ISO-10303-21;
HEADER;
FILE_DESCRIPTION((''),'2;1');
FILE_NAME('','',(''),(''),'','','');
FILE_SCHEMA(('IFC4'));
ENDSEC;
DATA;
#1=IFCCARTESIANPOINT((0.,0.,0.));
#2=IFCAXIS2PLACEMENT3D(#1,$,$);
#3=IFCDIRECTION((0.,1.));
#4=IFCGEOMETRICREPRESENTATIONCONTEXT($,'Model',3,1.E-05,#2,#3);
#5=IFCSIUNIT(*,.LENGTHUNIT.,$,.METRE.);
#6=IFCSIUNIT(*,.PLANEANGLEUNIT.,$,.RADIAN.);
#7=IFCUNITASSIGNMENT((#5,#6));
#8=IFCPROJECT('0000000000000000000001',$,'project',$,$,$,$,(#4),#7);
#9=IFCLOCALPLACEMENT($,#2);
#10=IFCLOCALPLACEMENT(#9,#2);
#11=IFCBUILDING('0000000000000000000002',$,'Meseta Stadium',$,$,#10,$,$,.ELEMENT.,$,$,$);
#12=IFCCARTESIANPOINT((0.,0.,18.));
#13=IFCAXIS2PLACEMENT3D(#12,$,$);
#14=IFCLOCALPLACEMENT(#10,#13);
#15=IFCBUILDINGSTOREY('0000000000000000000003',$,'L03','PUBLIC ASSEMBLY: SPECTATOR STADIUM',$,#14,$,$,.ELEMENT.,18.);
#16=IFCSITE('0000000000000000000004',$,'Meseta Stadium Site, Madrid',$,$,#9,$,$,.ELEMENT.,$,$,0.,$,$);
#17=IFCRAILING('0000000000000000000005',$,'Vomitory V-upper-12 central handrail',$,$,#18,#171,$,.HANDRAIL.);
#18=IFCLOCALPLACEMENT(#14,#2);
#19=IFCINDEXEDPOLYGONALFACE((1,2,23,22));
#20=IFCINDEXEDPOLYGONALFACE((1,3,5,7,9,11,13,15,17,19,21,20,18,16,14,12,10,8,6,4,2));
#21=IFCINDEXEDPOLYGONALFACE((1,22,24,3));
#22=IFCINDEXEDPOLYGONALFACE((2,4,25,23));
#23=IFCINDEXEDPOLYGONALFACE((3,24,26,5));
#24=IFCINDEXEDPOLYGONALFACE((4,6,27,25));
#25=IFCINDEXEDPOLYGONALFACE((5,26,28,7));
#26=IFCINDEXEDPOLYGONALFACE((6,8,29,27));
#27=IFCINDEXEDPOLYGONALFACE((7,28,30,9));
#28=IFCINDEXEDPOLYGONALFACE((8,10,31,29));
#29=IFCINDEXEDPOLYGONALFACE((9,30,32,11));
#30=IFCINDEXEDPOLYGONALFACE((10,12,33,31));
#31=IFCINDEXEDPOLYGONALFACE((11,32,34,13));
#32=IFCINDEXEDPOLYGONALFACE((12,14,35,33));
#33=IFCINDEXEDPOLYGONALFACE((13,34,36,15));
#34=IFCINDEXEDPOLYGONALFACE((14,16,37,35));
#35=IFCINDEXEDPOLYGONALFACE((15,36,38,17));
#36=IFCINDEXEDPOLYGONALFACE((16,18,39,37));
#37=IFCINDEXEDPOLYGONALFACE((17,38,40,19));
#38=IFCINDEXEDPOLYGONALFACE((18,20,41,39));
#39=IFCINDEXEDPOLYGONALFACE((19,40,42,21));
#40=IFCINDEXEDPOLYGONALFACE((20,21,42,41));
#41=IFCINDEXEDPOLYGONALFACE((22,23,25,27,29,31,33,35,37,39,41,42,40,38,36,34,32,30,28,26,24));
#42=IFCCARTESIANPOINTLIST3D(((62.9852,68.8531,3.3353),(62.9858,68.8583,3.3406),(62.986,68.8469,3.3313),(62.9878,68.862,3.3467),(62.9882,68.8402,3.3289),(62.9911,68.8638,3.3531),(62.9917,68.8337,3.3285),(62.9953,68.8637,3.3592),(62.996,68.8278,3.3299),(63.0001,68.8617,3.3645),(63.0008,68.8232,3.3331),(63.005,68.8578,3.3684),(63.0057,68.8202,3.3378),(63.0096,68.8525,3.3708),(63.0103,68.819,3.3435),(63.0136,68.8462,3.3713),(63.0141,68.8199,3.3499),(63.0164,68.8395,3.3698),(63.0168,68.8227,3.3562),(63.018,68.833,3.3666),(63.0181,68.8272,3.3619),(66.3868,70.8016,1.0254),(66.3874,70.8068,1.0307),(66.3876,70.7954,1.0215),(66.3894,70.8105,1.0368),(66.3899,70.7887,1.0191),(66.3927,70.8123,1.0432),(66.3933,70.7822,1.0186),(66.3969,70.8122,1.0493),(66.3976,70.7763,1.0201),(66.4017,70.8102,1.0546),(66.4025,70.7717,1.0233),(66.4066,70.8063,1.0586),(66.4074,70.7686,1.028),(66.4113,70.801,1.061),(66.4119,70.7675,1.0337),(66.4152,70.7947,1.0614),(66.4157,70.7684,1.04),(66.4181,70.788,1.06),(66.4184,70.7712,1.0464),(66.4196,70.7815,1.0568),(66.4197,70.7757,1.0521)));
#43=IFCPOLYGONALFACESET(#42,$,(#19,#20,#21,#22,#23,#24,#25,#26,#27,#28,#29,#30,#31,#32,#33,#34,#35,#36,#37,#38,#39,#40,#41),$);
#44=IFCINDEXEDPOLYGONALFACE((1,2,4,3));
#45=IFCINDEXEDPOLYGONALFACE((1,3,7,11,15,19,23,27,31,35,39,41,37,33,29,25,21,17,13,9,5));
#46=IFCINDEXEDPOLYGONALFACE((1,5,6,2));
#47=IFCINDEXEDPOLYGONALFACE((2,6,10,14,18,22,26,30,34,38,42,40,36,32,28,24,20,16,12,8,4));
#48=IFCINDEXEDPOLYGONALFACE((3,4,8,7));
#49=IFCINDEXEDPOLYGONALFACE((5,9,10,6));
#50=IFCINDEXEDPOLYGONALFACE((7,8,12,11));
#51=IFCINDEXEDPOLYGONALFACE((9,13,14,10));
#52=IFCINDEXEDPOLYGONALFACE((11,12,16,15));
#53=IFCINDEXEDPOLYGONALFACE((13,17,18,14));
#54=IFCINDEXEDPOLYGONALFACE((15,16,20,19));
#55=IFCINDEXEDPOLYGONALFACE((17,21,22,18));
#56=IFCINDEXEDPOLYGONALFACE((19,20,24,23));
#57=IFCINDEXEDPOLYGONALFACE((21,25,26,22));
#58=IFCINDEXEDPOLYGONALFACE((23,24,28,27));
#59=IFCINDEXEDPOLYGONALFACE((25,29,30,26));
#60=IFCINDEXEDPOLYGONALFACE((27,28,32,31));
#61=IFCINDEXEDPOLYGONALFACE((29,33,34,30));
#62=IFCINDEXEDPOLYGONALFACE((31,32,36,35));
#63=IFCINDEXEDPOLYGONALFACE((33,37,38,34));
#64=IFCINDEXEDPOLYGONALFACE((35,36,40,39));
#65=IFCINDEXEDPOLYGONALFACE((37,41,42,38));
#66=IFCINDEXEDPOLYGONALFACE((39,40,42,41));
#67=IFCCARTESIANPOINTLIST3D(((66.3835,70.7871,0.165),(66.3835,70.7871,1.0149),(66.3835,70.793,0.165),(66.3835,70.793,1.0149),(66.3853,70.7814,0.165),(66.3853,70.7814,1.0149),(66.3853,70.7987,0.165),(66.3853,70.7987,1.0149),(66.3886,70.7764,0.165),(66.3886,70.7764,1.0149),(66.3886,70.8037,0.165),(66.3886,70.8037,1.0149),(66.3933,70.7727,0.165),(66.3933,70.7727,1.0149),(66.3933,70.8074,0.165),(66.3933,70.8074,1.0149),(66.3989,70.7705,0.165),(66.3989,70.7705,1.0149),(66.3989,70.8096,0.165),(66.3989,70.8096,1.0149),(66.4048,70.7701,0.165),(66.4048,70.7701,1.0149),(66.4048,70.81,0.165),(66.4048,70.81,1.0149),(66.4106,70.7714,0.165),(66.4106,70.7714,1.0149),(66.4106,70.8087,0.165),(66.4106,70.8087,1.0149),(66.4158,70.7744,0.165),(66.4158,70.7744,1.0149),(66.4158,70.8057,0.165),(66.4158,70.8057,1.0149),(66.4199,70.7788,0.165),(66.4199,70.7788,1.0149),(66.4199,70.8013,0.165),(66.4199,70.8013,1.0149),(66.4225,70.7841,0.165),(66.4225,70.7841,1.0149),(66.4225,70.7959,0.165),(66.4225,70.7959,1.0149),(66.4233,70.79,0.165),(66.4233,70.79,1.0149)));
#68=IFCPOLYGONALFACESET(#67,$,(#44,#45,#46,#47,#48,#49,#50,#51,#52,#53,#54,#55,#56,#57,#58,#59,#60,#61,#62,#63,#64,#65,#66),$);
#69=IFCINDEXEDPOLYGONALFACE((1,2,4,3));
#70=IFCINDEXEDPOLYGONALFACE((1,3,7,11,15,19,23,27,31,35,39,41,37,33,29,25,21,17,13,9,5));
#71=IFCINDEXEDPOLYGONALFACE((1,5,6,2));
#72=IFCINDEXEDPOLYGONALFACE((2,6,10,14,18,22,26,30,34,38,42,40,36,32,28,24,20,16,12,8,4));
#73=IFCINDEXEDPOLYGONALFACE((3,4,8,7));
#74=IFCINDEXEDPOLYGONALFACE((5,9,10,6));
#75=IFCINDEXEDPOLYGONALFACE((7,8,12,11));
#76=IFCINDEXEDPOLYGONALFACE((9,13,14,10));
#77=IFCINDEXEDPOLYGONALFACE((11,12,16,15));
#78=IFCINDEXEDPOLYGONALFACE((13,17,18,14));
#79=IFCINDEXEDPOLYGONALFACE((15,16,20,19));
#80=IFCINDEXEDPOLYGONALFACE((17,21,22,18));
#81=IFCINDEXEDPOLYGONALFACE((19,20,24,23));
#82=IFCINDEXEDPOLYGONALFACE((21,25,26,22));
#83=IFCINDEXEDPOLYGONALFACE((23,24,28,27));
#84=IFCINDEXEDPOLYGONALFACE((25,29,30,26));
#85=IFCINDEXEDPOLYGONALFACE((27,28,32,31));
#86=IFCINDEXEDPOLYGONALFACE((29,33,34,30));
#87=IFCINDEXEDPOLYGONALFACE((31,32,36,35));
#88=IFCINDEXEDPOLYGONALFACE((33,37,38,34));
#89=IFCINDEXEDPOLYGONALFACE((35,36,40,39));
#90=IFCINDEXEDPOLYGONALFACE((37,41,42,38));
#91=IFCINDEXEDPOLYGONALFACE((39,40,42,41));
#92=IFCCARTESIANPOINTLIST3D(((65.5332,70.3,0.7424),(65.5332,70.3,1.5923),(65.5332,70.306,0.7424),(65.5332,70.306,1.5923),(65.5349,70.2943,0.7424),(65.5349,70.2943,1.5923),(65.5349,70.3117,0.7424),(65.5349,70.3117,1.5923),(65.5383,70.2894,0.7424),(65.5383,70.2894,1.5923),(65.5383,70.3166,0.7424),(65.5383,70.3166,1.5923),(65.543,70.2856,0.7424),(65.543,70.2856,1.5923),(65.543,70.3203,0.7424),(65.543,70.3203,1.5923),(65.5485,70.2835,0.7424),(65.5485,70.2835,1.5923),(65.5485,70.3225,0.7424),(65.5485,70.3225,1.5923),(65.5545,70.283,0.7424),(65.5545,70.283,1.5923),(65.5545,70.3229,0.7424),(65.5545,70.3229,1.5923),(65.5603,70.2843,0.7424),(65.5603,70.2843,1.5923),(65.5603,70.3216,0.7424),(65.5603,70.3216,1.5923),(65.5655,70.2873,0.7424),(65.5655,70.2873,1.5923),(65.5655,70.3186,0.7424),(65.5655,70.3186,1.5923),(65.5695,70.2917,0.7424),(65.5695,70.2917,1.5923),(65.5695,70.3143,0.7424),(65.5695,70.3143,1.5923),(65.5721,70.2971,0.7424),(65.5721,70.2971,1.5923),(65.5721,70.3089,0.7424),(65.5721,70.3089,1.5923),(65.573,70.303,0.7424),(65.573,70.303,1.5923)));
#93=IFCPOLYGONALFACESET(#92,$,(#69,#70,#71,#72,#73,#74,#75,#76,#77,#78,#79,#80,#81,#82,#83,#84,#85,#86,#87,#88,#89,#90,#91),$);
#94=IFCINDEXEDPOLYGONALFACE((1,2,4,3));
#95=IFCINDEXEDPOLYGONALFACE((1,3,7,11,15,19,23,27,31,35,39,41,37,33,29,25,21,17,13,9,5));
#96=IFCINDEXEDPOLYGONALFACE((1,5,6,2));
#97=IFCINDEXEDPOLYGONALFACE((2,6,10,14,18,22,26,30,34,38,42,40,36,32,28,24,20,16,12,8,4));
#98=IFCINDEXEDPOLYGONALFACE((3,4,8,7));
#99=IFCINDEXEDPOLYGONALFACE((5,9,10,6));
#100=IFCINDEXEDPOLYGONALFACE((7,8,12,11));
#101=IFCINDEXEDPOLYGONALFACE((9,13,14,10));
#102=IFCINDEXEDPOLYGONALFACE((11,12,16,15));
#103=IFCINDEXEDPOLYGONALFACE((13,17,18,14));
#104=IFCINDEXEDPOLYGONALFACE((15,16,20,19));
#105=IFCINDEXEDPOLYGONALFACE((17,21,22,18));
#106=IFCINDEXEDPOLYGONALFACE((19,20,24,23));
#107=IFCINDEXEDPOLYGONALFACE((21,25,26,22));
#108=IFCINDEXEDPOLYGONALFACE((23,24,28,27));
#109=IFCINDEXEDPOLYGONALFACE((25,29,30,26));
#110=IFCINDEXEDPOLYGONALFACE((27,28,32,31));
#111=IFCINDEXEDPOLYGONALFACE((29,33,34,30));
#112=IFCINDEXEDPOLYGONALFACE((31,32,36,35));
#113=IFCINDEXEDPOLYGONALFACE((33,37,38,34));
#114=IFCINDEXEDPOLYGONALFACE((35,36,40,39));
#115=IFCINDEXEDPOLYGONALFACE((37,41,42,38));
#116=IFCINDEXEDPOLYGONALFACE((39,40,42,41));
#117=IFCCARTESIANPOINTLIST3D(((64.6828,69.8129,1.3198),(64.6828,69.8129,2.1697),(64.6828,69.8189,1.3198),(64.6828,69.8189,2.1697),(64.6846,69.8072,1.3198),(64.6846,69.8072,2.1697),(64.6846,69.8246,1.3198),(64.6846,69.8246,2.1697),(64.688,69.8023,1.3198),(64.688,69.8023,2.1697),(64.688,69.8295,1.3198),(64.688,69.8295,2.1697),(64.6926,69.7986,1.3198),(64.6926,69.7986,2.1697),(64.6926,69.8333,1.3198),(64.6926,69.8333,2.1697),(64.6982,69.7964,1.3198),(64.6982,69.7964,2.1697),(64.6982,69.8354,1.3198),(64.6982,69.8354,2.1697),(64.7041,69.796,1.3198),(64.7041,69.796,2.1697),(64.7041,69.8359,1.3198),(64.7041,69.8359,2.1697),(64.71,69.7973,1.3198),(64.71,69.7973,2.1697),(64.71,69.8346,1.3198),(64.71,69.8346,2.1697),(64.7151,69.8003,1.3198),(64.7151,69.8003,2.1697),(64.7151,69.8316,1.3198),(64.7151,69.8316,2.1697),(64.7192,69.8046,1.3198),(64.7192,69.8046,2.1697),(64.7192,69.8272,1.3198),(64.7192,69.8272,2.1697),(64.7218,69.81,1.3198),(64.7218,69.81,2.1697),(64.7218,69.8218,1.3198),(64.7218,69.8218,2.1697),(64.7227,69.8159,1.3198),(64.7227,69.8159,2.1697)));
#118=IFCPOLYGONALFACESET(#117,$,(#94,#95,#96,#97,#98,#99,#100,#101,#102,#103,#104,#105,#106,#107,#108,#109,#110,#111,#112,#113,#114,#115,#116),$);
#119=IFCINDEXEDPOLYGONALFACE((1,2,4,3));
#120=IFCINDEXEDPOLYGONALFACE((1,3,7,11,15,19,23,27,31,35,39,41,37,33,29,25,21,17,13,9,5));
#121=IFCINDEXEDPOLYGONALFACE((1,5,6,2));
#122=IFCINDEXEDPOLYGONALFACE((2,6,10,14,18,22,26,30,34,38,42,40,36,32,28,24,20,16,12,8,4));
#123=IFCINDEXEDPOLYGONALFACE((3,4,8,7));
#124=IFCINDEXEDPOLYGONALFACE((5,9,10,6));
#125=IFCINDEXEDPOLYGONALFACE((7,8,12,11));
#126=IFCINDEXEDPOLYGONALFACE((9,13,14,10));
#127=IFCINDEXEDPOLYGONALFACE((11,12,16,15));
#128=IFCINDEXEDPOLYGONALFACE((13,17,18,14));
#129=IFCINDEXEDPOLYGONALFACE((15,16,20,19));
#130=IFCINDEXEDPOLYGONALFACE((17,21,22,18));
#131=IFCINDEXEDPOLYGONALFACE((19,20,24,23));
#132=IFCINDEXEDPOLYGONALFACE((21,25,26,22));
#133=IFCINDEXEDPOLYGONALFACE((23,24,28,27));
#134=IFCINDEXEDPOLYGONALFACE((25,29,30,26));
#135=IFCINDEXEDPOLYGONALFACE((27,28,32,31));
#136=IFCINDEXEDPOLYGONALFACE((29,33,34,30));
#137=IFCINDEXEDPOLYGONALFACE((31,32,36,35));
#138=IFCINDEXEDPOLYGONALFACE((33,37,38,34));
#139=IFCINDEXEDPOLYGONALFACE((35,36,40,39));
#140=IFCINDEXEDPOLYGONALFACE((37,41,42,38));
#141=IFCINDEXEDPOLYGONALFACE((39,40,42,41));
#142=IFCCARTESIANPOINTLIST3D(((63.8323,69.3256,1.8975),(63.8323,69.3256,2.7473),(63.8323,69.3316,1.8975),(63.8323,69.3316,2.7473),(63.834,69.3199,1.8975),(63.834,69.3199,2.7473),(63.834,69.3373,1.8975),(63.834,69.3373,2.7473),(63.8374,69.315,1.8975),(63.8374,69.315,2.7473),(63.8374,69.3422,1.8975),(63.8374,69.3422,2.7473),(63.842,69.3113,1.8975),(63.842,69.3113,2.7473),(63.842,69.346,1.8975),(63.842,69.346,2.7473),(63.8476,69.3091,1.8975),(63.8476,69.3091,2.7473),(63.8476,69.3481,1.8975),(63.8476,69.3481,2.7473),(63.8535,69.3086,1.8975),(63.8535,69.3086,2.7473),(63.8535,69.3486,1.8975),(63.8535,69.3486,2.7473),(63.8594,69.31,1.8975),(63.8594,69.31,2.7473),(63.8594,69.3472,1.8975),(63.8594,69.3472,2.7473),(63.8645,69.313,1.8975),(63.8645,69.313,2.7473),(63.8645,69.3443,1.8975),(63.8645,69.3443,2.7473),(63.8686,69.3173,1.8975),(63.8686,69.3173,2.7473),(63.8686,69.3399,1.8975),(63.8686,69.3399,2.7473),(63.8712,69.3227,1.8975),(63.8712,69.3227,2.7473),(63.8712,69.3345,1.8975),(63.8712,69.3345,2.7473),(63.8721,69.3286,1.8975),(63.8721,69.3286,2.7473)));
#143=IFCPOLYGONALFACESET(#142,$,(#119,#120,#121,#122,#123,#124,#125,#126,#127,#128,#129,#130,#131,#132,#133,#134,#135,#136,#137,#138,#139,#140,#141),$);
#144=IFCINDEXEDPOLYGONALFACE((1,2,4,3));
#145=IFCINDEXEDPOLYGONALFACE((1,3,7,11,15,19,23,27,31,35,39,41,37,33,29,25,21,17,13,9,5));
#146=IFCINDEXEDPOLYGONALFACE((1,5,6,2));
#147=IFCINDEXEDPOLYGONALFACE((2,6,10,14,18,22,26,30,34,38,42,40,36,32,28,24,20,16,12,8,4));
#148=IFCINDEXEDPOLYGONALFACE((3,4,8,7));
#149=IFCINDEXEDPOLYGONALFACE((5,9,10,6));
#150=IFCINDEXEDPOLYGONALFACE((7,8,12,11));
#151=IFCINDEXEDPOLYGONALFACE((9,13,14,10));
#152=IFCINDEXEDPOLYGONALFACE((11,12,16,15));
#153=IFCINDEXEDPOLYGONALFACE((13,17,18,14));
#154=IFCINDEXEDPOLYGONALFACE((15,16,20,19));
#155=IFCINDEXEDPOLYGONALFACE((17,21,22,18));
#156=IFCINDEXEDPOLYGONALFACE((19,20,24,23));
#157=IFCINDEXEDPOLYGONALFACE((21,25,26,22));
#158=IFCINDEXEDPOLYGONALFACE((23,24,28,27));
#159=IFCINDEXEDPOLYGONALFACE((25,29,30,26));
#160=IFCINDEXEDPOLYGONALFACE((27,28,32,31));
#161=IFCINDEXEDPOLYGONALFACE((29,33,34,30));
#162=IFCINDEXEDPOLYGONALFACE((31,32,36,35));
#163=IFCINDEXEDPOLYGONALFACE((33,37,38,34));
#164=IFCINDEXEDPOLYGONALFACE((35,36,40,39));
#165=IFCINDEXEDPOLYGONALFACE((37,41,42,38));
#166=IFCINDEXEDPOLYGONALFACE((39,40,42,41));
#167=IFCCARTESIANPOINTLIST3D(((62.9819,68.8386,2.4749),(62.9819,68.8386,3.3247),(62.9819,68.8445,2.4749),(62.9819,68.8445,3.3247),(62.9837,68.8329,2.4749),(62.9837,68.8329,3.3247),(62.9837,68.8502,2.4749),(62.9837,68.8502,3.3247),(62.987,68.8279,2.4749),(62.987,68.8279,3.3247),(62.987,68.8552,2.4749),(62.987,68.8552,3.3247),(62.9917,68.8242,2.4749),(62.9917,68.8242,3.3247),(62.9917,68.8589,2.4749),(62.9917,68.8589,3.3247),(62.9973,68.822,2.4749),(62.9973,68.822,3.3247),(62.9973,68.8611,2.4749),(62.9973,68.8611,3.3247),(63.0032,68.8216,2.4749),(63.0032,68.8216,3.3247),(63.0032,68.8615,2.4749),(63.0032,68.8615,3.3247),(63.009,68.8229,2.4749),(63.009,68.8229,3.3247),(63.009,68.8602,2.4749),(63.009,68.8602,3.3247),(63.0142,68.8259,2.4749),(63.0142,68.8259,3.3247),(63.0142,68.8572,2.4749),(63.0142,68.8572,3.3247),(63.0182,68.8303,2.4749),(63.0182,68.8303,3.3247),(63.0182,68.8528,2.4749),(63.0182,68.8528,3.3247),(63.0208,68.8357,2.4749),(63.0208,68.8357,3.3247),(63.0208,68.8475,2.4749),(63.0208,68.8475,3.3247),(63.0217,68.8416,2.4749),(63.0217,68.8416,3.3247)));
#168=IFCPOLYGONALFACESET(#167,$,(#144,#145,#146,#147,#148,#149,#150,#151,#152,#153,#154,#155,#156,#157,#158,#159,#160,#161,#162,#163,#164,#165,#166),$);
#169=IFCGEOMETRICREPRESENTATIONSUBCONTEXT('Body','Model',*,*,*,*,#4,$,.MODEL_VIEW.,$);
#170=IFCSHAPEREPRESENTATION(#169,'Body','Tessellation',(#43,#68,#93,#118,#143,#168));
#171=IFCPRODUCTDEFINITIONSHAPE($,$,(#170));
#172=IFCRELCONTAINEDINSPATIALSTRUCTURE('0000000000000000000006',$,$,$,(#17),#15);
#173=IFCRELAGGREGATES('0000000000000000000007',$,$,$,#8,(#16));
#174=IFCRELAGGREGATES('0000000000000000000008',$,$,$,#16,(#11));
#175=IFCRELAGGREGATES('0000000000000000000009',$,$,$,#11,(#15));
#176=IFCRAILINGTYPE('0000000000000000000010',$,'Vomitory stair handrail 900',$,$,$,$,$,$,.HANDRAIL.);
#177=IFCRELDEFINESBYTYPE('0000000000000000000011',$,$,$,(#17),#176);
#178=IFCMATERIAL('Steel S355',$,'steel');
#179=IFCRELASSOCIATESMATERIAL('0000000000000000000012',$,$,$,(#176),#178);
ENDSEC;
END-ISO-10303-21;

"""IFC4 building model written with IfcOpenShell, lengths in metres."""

from ifc_helpers import new_model, si_unit, direction, frame, origin, origin_2d, place, context, subcontext, project, spatial, circle, extrude, material, type_object, element, save


model = new_model("IFC4")

# Units and contexts
model_context = context("Model", 3, precision=1e-05, world=origin(), true_north=direction((0.0, 1.0)))
body_context = subcontext(model_context, "Body", "Model", "MODEL_VIEW")
ifc_project = project(units=[si_unit("LENGTHUNIT", "METRE"), si_unit("PLANEANGLEUNIT", "RADIAN")], contexts=[model_context])

# Site, building, storey
site_placement = place(None, origin())
site = spatial("IfcSite", under=ifc_project, at=site_placement, Name="Meseta Stadium Site, Madrid", CompositionType="ELEMENT", RefElevation=0.0)
building_placement = place(site_placement, origin())
building = spatial("IfcBuilding", under=site, at=building_placement, Name="Meseta Stadium", CompositionType="ELEMENT")
storey_placement = place(building_placement, frame((0.0, 0.0, 18.0)))
storey = spatial("IfcBuildingStorey", under=building, at=storey_placement, Name="L03", Description="PUBLIC ASSEMBLY: SPECTATOR STADIUM", CompositionType="ELEMENT", Elevation=18.0)

# Railing
ifc_material_1 = material(Name="Steel S355", Category="steel")
railing_type_1 = type_object("IfcRailingType", Name="Vomitory stair handrail 900", PredefinedType="HANDRAIL", material=ifc_material_1)
railing_1_placement = place(storey_placement, frame((66.4033, 70.79, 0.165)))
element("IfcRailing", 1, at=railing_1_placement, inside=storey, type_object=railing_type_1, Name="Vomitory V-upper-12 central handrail", PredefinedType="HANDRAIL", context=body_context, shape_type="SweptSolid", body=[
    extrude(circle(Radius=0.0249, at=origin_2d()), frame((0.0, 0.0, 0.875), z_axis=(-0.747601, -0.428236, 0.507648), x_axis=(0.497044, -0.867725, 0.0)), (0.0, 0.0, 1.0), 4.55),
    extrude(circle(Radius=0.02, at=origin_2d()), origin(), (0.0, 0.0, 1.0), 0.8499),
    extrude(circle(Radius=0.02, at=origin_2d()), frame((-0.8503, -0.4871, 0.5774)), (0.0, 0.0, 1.0), 0.8499),
    extrude(circle(Radius=0.02, at=origin_2d()), frame((-1.7007, -0.9741, 1.1548)), (0.0, 0.0, 1.0), 0.8499),
    extrude(circle(Radius=0.02, at=origin_2d()), frame((-2.5513, -1.4614, 1.7324)), (0.0, 0.0, 1.0), 0.8499),
    extrude(circle(Radius=0.02, at=origin_2d()), frame((-3.4016, -1.9485, 2.3098)), (0.0, 0.0, 1.0), 0.8499),
])

save(model, "model.ifc")
